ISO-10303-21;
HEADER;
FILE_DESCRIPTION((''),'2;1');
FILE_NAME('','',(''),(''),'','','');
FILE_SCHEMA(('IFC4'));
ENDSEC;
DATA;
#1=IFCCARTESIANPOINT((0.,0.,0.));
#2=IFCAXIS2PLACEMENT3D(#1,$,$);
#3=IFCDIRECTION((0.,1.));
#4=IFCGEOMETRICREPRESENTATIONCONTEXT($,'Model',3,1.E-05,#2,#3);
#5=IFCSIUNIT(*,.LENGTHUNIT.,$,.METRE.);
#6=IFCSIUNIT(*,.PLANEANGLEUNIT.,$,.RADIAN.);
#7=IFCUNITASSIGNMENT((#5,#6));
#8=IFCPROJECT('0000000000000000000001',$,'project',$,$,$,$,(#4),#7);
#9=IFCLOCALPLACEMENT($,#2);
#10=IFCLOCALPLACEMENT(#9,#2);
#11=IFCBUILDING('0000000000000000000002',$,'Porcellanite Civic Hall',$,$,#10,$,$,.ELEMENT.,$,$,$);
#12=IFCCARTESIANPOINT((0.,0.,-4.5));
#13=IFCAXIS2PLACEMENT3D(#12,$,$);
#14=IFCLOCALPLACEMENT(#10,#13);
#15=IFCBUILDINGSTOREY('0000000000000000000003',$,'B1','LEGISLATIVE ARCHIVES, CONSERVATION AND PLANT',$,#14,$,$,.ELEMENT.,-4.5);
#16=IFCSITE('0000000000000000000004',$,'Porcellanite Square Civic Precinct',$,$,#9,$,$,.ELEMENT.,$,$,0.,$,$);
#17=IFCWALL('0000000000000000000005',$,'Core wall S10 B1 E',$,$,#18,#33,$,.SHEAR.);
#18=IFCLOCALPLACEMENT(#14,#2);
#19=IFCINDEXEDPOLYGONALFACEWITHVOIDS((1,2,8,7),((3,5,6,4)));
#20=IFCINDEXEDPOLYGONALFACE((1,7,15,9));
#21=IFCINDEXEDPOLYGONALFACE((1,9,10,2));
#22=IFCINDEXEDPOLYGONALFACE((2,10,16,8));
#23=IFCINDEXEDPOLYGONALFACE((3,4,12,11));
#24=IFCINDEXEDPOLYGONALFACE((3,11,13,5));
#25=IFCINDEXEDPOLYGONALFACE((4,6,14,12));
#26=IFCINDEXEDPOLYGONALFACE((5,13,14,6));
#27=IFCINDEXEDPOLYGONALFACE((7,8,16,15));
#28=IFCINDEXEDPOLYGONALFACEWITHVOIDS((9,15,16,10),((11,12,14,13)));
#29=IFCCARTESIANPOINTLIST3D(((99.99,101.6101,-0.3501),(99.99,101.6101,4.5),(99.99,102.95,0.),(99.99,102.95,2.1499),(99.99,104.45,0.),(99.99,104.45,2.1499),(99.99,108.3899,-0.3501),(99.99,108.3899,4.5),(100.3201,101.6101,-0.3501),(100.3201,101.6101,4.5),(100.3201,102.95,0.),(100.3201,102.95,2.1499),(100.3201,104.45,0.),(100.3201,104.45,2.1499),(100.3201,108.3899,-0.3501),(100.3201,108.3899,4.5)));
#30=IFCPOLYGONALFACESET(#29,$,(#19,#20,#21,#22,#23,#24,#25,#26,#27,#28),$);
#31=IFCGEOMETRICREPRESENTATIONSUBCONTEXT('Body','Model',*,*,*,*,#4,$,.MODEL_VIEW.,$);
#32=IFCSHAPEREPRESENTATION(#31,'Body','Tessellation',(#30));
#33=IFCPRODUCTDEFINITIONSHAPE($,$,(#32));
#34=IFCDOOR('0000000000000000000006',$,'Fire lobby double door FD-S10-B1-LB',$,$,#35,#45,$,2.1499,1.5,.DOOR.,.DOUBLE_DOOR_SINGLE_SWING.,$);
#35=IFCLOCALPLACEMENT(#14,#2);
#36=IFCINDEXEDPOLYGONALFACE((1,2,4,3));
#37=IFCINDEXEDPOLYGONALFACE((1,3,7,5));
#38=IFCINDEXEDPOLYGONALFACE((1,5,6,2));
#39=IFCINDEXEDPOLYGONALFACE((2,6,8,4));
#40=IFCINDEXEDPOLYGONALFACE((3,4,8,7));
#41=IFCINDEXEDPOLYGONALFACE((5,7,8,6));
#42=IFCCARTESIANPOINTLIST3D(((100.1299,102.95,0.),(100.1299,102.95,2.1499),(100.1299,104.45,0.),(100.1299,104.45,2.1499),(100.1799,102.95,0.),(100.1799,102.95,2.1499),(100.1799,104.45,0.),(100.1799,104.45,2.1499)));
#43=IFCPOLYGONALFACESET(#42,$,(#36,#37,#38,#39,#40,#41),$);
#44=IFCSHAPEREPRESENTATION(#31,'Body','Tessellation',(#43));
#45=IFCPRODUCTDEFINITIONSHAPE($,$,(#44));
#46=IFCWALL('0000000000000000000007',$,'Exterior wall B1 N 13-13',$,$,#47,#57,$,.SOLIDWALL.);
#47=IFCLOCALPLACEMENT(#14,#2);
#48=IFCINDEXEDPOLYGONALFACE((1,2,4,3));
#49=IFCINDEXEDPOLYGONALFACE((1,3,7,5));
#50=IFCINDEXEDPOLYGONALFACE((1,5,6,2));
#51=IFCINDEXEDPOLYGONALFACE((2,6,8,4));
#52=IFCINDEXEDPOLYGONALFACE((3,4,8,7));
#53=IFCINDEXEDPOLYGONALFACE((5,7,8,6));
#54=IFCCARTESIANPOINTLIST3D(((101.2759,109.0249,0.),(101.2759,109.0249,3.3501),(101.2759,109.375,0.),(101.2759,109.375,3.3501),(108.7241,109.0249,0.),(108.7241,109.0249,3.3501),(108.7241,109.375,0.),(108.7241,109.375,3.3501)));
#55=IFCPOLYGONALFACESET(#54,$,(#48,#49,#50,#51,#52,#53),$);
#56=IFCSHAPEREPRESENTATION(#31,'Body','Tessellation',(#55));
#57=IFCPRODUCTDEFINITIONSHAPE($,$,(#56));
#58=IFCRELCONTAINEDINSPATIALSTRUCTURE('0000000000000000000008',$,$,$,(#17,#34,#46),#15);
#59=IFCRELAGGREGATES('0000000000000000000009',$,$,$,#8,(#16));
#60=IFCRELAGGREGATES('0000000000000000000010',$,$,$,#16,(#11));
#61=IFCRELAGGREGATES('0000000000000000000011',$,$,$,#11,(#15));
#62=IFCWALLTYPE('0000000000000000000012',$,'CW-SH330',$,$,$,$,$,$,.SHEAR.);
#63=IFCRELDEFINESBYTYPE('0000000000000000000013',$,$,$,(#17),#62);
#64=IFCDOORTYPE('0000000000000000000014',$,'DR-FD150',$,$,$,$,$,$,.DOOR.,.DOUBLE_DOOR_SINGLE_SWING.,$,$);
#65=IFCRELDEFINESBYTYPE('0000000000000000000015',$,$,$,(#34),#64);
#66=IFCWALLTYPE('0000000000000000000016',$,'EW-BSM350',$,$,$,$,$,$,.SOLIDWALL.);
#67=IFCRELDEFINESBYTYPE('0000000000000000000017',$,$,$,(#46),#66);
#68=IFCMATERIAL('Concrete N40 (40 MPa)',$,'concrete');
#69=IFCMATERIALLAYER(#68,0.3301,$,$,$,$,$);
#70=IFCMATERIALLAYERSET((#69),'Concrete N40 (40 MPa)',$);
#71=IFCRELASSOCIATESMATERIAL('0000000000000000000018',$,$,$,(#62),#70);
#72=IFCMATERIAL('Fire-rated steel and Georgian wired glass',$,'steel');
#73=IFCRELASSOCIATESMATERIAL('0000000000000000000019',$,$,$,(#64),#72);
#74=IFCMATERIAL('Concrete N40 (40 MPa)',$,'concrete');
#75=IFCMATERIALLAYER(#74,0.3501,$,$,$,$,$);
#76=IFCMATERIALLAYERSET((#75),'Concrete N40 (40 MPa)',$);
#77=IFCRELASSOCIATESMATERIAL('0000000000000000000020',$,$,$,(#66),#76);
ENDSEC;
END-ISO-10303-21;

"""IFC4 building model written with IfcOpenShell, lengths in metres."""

from ifc_helpers import new_model, si_unit, direction, frame, frame_2d, origin, place, context, subcontext, project, spatial, rectangle, extrude, material, layer, layer_set, type_object, element, fill, save


model = new_model("IFC4")

# Units and contexts
model_context = context("Model", 3, precision=1e-05, world=origin(), true_north=direction((0.0, 1.0)))
body_context = subcontext(model_context, "Body", "Model", "MODEL_VIEW")
ifc_project = project(units=[si_unit("LENGTHUNIT", "METRE"), si_unit("PLANEANGLEUNIT", "RADIAN")], contexts=[model_context])

# Site, building, storey
site_placement = place(None, origin())
site = spatial("IfcSite", under=ifc_project, at=site_placement, Name="Porcellanite Square Civic Precinct", CompositionType="ELEMENT", RefElevation=0.0)
building_placement = place(site_placement, origin())
building = spatial("IfcBuilding", under=site, at=building_placement, Name="Porcellanite Civic Hall", CompositionType="ELEMENT")
storey_placement = place(building_placement, frame((0.0, 0.0, -4.5)))
storey = spatial("IfcBuildingStorey", under=building, at=storey_placement, Name="B1", Description="LEGISLATIVE ARCHIVES, CONSERVATION AND PLANT", CompositionType="ELEMENT", Elevation=-4.5)

# Wall, opening, door
ifc_material_1 = material(Name="Concrete N40 (40 MPa)", Category="concrete")
ifc_layer_1 = layer(ifc_material_1, 0.3301)
ifc_layer_set_1 = layer_set([ifc_layer_1], Name="Concrete N40 (40 MPa)")
wall_type_1 = type_object("IfcWallType", Name="CW-SH330", PredefinedType="SHEAR", material=ifc_layer_set_1)
wall_1_placement = place(storey_placement, frame((100.155, 108.3899, -0.3501), z_axis=(0.0, 0.0, 1.0), x_axis=(0.0, -1.0, 0.0)))
wall_1 = element("IfcWall", 1, at=wall_1_placement, inside=storey, type_object=wall_type_1, Name="Core wall S10 B1 E", PredefinedType="SHEAR", context=body_context, shape_type="SweptSolid", body=[
    extrude(rectangle(XDim=6.7798, YDim=0.3301, at=frame_2d((3.3899, 0.0))), origin(), (0.0, 0.0, 1.0), 4.8501),
])
opening_placement = place(wall_1_placement, frame((3.9399, 0.0, 0.3501)))
opening = element("IfcOpeningElement", 2, at=opening_placement, cuts=wall_1, PredefinedType="OPENING", context=body_context, shape_type="SweptSolid", body=[
    extrude(rectangle(XDim=1.5, YDim=2.1499, at=frame_2d((0.75, 1.075))), frame((0.0, 0.165, 0.0), z_axis=(0.0, -1.0, 0.0), x_axis=(1.0, 0.0, 0.0)), (0.0, 0.0, 1.0), 0.3301),
])
ifc_material_2 = material(Name="Fire-rated steel and Georgian wired glass", Category="steel")
door_type = type_object("IfcDoorType", Name="DR-FD150", OperationType="DOUBLE_DOOR_SINGLE_SWING", PredefinedType="DOOR", material=ifc_material_2)
door_placement = place(opening_placement, origin())
door = element("IfcDoor", 3, at=door_placement, inside=storey, type_object=door_type, Name="Fire lobby double door FD-S10-B1-LB", OperationType="DOUBLE_DOOR_SINGLE_SWING", OverallHeight=2.1499, OverallWidth=1.5, PredefinedType="DOOR", context=body_context, shape_type="SweptSolid", body=[
    extrude(rectangle(XDim=1.5, YDim=2.1499, at=frame_2d((0.75, 1.075))), frame((0.0, 0.0249, 0.0), z_axis=(0.0, -1.0, 0.0), x_axis=(1.0, 0.0, 0.0)), (0.0, 0.0, 1.0), 0.05),
])
fill(opening, door)

# Wall
ifc_material_3 = material(Name="Concrete N40 (40 MPa)", Category="concrete")
ifc_layer_2 = layer(ifc_material_3, 0.3501)
ifc_layer_set_2 = layer_set([ifc_layer_2], Name="Concrete N40 (40 MPa)")
wall_type_2 = type_object("IfcWallType", Name="EW-BSM350", PredefinedType="SOLIDWALL", material=ifc_layer_set_2)
wall_2_placement = place(storey_placement, frame((101.2759, 109.2, 0.0), z_axis=(0.0, 0.0, 1.0), x_axis=(1.0, 0.0, 0.0)))
element("IfcWall", 4, at=wall_2_placement, inside=storey, type_object=wall_type_2, Name="Exterior wall B1 N 13-13", PredefinedType="SOLIDWALL", context=body_context, shape_type="SweptSolid", body=[
    extrude(rectangle(XDim=7.4482, YDim=0.3501, at=frame_2d((3.7241, 0.0))), origin(), (0.0, 0.0, 1.0), 3.3501),
])

save(model, "model.ifc")
